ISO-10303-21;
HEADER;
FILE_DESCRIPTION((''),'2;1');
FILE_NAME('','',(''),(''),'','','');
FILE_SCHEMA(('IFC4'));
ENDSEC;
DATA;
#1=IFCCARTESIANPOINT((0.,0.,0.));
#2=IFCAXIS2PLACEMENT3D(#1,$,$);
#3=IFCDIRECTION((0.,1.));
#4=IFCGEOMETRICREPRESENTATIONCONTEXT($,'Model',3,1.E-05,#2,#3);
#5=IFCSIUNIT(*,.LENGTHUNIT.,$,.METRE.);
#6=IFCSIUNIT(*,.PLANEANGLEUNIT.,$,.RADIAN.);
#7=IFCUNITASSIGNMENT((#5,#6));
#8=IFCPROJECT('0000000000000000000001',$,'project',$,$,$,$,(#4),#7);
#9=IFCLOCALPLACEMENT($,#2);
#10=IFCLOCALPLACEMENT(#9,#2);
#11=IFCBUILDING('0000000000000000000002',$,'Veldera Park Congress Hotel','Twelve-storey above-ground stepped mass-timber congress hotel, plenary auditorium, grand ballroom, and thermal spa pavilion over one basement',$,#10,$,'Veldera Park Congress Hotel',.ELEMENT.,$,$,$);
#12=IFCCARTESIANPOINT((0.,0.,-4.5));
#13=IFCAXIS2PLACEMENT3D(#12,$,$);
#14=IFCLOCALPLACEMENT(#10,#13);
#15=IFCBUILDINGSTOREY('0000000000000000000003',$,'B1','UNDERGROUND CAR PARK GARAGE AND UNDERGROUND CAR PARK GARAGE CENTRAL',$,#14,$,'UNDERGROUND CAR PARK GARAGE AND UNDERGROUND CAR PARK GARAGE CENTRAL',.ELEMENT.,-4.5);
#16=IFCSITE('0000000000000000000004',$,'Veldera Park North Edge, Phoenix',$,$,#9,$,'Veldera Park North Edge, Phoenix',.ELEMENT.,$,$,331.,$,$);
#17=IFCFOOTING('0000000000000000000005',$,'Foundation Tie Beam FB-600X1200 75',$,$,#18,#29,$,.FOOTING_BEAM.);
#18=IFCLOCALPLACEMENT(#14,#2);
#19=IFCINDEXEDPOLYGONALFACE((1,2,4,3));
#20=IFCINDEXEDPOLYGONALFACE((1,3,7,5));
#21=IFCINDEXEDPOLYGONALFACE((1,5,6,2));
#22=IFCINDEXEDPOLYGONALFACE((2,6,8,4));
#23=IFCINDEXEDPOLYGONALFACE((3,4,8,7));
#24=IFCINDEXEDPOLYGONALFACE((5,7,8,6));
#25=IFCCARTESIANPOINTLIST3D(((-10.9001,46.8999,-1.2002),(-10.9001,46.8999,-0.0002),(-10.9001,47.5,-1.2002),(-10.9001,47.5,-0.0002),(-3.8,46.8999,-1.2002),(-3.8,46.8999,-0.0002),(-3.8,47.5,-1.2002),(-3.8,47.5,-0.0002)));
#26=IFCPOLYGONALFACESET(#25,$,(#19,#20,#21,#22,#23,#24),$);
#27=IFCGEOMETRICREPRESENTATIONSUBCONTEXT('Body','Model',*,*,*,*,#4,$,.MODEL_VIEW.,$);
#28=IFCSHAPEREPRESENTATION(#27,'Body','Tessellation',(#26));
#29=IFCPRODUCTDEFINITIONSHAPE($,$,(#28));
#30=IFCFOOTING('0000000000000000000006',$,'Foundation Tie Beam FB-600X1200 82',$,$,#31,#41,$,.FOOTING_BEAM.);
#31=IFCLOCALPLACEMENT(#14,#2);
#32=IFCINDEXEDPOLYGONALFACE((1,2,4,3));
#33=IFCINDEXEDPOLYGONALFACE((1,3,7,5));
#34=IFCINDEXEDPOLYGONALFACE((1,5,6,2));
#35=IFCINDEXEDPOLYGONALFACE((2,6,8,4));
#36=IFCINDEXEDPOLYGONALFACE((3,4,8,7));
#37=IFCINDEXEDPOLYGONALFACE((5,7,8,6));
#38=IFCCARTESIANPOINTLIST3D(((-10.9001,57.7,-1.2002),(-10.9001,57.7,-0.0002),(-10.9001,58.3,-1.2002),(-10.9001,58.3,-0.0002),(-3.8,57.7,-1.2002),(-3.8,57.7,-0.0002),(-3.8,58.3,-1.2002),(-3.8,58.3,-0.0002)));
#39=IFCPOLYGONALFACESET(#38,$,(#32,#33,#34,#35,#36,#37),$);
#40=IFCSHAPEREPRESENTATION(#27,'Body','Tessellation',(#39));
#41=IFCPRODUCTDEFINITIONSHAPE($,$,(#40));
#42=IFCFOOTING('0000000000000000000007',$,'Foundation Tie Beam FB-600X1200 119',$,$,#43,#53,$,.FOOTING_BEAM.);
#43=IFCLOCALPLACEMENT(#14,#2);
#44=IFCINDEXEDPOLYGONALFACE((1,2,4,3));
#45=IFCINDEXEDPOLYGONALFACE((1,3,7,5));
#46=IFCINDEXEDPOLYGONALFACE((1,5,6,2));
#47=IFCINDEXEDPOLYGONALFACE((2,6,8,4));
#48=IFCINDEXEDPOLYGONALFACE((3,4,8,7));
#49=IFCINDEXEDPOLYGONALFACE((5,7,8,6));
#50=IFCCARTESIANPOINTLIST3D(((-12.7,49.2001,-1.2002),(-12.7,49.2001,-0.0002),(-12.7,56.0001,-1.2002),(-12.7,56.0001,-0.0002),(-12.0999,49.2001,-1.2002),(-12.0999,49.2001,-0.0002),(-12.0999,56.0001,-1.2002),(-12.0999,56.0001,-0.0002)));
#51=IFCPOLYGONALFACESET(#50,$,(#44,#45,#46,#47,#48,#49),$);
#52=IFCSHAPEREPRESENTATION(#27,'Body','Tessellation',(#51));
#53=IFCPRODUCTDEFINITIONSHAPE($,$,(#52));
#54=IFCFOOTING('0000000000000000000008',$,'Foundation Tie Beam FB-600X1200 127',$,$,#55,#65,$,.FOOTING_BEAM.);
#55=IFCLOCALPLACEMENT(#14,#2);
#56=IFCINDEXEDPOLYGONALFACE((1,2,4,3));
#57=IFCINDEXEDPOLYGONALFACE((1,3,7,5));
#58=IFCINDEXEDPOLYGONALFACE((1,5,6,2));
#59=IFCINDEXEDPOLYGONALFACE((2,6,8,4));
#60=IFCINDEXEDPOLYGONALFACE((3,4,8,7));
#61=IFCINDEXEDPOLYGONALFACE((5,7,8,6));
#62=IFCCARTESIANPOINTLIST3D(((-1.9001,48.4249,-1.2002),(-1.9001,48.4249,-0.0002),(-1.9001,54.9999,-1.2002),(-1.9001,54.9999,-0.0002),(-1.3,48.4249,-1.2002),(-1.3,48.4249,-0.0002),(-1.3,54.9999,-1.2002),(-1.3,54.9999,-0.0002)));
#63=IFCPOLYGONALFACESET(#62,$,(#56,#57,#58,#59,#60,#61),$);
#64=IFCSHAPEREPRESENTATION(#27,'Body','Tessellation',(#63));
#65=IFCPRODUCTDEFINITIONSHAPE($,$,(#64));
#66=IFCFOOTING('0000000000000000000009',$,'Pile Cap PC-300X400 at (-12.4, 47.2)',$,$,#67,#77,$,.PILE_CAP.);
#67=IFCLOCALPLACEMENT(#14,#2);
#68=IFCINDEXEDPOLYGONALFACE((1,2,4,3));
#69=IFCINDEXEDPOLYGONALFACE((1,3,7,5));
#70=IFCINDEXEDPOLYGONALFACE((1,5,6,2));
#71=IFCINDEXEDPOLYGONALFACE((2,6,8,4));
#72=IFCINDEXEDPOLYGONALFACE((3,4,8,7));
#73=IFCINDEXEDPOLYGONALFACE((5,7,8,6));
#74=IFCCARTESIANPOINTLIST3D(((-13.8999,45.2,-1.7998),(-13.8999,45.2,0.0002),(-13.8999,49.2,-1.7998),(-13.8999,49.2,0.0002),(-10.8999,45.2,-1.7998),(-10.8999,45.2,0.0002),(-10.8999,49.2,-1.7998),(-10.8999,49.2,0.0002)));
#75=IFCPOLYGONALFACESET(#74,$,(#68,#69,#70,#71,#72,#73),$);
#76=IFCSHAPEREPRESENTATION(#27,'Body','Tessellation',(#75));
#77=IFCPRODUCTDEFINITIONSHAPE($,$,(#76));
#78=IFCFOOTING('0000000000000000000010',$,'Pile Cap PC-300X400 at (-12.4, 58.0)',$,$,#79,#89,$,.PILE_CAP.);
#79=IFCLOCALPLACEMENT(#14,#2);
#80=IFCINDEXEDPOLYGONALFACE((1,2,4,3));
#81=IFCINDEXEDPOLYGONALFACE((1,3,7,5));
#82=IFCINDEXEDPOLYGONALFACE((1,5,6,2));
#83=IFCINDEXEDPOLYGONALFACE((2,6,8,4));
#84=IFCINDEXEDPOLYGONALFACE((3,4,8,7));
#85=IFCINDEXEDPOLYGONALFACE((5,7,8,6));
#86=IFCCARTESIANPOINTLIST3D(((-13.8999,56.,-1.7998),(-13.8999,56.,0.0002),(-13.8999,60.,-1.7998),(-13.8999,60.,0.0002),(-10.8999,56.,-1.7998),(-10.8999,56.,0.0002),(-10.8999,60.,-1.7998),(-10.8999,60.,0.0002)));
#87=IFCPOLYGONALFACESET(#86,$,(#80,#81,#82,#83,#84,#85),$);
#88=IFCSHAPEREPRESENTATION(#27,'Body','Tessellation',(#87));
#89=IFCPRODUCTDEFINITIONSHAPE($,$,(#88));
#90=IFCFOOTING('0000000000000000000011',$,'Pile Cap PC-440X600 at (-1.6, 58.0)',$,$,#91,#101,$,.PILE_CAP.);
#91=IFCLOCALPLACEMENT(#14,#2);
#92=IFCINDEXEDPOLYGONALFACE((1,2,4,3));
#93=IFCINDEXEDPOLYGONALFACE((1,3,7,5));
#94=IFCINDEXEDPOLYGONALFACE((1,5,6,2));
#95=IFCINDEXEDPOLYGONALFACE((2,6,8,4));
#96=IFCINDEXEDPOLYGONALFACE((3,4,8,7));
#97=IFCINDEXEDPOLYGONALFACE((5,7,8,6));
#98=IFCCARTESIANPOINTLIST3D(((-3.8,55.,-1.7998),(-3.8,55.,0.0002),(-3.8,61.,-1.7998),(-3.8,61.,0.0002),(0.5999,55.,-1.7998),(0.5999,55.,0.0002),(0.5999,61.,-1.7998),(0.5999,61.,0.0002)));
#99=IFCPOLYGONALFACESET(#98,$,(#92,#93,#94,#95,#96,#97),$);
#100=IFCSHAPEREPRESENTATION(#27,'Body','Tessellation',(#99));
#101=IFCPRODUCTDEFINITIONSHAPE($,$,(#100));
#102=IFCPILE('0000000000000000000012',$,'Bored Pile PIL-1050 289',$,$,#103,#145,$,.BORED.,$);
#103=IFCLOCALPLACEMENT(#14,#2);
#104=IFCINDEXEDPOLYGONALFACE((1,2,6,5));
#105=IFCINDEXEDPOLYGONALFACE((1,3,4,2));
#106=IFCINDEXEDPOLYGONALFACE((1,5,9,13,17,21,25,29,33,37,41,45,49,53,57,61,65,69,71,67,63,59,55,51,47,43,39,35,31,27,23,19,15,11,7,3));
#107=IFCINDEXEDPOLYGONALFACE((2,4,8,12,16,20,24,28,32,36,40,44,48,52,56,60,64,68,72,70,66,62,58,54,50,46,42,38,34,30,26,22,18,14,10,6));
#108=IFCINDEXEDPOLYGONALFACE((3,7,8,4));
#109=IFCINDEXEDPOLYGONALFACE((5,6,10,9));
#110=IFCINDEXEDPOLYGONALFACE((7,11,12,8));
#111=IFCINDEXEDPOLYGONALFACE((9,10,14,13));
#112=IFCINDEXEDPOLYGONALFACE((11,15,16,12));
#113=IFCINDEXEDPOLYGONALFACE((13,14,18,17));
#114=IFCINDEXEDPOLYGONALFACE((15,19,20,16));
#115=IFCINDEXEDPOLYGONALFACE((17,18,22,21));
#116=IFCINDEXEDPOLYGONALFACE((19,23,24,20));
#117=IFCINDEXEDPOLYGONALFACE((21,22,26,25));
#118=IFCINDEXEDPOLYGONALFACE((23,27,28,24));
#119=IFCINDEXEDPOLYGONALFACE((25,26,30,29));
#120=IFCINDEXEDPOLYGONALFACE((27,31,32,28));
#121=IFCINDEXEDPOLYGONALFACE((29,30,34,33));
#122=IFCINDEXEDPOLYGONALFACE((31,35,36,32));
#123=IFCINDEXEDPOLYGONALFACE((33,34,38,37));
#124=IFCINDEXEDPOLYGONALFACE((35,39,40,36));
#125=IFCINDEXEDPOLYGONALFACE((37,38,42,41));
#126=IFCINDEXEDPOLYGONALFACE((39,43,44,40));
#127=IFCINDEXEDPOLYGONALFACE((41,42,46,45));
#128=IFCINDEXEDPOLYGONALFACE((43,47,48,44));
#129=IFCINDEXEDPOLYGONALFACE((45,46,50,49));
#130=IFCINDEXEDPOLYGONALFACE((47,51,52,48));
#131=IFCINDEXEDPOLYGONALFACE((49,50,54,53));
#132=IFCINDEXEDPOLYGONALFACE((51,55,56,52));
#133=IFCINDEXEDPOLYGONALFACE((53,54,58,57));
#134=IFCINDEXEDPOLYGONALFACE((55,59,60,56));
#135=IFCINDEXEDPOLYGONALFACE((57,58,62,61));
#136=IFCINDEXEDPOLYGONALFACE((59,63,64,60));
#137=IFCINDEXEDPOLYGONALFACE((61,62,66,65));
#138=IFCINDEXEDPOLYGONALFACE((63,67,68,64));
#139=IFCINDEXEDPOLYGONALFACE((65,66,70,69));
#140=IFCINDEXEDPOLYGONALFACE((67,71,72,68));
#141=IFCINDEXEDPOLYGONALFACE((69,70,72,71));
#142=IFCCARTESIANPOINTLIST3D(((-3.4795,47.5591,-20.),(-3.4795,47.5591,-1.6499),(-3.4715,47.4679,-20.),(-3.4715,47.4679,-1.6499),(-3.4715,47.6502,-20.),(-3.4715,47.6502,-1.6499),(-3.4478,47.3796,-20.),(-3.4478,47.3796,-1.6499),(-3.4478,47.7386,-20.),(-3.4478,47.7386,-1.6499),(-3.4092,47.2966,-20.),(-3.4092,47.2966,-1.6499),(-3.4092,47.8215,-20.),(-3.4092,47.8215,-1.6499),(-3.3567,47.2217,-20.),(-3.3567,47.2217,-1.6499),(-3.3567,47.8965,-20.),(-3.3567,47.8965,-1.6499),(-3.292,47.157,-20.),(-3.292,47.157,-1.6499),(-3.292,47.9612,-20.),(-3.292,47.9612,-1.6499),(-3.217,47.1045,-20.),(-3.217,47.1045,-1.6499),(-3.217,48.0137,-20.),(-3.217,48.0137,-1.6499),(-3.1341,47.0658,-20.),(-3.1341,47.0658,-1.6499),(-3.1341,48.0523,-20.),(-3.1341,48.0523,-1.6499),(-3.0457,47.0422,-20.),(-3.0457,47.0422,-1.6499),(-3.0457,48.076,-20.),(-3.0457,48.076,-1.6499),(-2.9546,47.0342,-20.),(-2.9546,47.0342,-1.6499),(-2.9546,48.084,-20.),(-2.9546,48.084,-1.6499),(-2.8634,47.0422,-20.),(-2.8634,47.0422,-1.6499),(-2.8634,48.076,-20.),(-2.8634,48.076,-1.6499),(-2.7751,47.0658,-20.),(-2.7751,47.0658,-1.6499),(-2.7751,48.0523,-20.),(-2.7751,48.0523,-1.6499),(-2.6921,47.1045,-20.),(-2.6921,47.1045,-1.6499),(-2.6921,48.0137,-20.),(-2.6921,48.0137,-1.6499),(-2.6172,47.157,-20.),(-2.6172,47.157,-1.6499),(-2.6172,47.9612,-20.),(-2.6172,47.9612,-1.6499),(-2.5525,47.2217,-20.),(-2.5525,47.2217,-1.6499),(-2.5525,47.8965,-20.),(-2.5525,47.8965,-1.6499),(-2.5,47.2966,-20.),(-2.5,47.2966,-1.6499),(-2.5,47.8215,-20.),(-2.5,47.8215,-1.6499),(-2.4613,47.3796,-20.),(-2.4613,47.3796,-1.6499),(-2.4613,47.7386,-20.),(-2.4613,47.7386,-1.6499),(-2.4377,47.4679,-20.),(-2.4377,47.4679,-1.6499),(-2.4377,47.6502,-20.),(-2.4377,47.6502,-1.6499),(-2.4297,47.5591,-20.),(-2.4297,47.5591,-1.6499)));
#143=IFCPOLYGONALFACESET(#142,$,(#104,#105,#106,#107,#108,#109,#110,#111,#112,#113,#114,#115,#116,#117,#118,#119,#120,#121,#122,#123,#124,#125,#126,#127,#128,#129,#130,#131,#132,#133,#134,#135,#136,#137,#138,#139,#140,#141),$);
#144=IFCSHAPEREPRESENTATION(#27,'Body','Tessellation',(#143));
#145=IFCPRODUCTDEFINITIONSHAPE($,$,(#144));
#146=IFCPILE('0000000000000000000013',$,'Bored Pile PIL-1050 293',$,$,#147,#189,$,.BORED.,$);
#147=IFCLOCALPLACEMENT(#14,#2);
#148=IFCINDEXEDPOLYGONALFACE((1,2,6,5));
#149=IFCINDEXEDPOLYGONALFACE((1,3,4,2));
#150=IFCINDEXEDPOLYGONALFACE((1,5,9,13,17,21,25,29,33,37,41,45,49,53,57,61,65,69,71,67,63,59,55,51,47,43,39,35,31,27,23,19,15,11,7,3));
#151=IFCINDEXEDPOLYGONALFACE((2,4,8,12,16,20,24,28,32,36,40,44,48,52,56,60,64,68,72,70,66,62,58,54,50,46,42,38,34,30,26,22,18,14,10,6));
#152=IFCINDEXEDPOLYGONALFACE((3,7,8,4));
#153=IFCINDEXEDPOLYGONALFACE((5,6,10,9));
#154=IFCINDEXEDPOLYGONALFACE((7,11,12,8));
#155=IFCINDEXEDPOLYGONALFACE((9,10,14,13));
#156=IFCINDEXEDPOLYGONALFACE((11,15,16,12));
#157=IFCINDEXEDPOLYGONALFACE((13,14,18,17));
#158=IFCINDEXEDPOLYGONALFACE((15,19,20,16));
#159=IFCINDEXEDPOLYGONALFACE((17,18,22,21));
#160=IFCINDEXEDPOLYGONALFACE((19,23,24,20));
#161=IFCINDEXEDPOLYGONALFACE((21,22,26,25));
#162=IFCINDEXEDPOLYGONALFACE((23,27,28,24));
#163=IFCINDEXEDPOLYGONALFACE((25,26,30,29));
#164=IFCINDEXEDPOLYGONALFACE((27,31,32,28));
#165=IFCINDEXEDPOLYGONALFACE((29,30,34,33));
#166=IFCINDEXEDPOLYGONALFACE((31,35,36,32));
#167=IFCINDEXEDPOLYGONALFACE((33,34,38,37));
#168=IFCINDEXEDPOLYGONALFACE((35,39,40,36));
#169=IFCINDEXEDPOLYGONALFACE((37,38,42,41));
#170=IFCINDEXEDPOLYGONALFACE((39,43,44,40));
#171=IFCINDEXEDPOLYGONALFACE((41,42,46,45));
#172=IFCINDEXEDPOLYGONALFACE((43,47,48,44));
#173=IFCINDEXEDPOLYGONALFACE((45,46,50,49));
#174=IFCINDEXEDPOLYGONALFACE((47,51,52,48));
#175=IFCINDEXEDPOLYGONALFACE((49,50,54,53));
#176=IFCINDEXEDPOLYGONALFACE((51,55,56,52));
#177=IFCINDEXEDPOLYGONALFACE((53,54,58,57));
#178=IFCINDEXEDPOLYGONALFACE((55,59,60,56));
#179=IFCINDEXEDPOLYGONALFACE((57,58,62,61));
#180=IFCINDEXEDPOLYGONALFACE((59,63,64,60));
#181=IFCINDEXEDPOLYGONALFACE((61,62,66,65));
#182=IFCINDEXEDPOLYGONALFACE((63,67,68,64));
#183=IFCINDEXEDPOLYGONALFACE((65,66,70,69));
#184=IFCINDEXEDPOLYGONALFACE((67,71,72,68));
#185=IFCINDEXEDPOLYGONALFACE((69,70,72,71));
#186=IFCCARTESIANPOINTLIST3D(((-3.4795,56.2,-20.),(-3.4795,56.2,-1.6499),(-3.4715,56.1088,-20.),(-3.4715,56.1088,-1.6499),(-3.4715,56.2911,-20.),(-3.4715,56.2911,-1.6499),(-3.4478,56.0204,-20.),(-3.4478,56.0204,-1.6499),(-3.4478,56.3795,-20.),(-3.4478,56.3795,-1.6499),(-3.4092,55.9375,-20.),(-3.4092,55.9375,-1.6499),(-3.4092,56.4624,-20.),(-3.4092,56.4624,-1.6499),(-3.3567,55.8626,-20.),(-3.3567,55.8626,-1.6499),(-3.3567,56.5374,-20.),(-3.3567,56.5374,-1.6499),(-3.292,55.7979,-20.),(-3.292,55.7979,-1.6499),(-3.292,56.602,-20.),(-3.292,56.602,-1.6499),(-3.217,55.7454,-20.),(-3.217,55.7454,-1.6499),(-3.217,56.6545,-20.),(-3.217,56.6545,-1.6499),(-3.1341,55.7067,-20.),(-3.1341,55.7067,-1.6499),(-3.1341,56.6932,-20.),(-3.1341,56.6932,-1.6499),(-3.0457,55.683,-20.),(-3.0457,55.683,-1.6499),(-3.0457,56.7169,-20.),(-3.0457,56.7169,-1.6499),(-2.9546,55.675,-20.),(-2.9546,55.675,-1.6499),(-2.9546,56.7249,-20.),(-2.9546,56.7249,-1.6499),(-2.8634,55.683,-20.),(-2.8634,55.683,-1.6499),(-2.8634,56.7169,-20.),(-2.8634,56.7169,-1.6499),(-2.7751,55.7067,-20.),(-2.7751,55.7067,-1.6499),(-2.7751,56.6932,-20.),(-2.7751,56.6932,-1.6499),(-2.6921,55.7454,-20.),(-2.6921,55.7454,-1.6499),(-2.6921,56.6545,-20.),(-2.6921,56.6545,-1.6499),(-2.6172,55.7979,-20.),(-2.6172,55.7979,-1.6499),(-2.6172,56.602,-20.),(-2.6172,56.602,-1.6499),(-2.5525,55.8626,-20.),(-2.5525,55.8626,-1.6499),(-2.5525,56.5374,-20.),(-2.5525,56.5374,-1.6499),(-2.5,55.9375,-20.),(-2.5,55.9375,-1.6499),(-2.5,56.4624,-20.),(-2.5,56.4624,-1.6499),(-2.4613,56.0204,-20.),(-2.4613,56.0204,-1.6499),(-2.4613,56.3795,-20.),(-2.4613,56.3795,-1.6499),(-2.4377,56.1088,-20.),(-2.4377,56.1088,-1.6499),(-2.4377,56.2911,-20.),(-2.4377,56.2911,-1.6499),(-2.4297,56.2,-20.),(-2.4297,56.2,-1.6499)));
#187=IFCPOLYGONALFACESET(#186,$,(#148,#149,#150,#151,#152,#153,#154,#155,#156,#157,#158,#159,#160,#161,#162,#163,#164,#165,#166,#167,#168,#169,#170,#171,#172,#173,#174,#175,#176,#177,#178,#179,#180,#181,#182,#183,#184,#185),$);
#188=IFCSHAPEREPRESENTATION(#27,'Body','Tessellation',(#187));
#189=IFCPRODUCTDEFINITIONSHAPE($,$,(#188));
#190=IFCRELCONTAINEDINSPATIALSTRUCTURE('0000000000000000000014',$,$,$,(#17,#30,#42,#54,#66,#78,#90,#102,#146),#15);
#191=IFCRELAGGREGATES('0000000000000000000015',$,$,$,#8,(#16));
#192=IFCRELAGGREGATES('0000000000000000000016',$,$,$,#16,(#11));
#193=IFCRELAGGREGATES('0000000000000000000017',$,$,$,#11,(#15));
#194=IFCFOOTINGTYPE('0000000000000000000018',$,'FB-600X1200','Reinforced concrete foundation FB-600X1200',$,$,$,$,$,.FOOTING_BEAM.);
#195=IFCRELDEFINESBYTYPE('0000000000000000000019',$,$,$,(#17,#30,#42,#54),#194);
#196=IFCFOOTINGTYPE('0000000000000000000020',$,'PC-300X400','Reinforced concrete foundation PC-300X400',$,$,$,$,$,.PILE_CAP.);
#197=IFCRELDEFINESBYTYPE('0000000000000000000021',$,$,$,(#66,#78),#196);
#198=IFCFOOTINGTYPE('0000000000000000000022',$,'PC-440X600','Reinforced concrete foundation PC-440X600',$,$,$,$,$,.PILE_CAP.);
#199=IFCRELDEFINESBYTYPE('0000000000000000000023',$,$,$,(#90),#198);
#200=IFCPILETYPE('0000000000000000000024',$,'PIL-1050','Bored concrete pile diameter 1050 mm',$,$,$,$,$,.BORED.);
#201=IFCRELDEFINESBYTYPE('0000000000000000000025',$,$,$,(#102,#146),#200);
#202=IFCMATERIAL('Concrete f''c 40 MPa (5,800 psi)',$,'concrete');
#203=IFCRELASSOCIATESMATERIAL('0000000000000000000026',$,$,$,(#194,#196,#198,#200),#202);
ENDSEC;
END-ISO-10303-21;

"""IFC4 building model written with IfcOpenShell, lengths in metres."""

from ifc_helpers import new_model, si_unit, direction, frame, origin, origin_2d, place, context, subcontext, project, spatial, rectangle, circle, extrude, material, material_profile, profile_set, type_object, element, save


model = new_model("IFC4")

# Units and contexts
model_context = context("Model", 3, precision=1e-05, world=origin(), true_north=direction((0.0, 1.0)))
body_context = subcontext(model_context, "Body", "Model", "MODEL_VIEW")
ifc_project = project(units=[si_unit("LENGTHUNIT", "METRE"), si_unit("PLANEANGLEUNIT", "RADIAN")], contexts=[model_context])

# Site, building, storey
site_placement = place(None, origin())
site = spatial("IfcSite", under=ifc_project, at=site_placement, Name="Veldera Park North Edge, Phoenix", LongName="Veldera Park North Edge, Phoenix", CompositionType="ELEMENT", RefElevation=331.0)
building_placement = place(site_placement, origin())
building = spatial("IfcBuilding", under=site, at=building_placement, Name="Veldera Park Congress Hotel", Description="Twelve-storey above-ground stepped mass-timber congress hotel, plenary auditorium, grand ballroom, and thermal spa pavilion over one basement", LongName="Veldera Park Congress Hotel", CompositionType="ELEMENT")
storey_placement = place(building_placement, frame((0.0, 0.0, -4.5)))
storey = spatial("IfcBuildingStorey", under=building, at=storey_placement, Name="B1", Description="UNDERGROUND CAR PARK GARAGE AND UNDERGROUND CAR PARK GARAGE CENTRAL", LongName="UNDERGROUND CAR PARK GARAGE AND UNDERGROUND CAR PARK GARAGE CENTRAL", CompositionType="ELEMENT", Elevation=-4.5)

# Footings
ifc_material_1 = material(Name="Concrete f'c 40 MPa (5,800 psi)", Category="concrete")
footing_type_1 = type_object("IfcFootingType", Name="FB-600X1200", Description="Reinforced concrete foundation FB-600X1200", PredefinedType="FOOTING_BEAM", material=ifc_material_1)
for number, where, z_axis, x_axis, name in (
    (1, (-7.3501, 47.2, -1.2002), (0.0, 0.0, 1.0), (1.0, 0.0, 0.0), "Foundation Tie Beam FB-600X1200 75"),
    (2, (-7.3501, 58.0, -1.2002), (0.0, 0.0, 1.0), (1.0, 0.0, 0.0), "Foundation Tie Beam FB-600X1200 82"),
):
    element("IfcFooting", number, at=place(storey_placement, frame(where, z_axis=z_axis, x_axis=x_axis)), inside=storey, type_object=footing_type_1, Name=name, PredefinedType="FOOTING_BEAM", context=body_context, shape_type="SweptSolid", body=[
        extrude(rectangle(XDim=7.1001, YDim=0.6001, at=origin_2d()), origin(), (0.0, 0.0, 1.0), 1.2),
    ])
footing_1_placement = place(storey_placement, frame((-12.3999, 52.6001, -1.2002), z_axis=(0.0, 0.0, 1.0), x_axis=(0.0, 1.0, 0.0)))
element("IfcFooting", 3, at=footing_1_placement, inside=storey, type_object=footing_type_1, Name="Foundation Tie Beam FB-600X1200 119", PredefinedType="FOOTING_BEAM", context=body_context, shape_type="SweptSolid", body=[
    extrude(rectangle(XDim=6.8, YDim=0.6001, at=origin_2d()), origin(), (0.0, 0.0, 1.0), 1.2),
])
footing_2_placement = place(storey_placement, frame((-1.6001, 51.7124, -1.2002), z_axis=(0.0, 0.0, 1.0), x_axis=(0.0, 1.0, 0.0)))
element("IfcFooting", 4, at=footing_2_placement, inside=storey, type_object=footing_type_1, Name="Foundation Tie Beam FB-600X1200 127", PredefinedType="FOOTING_BEAM", context=body_context, shape_type="SweptSolid", body=[
    extrude(rectangle(XDim=6.575, YDim=0.6001, at=origin_2d()), origin(), (0.0, 0.0, 1.0), 1.2),
])
footing_type_2 = type_object("IfcFootingType", Name="PC-300X400", Description="Reinforced concrete foundation PC-300X400", PredefinedType="PILE_CAP", material=ifc_material_1)
for number, where, z_axis, x_axis, name in (
    (5, (-12.3999, 47.2, -1.7998), (0.0, 0.0, 1.0), (1.0, 0.0, 0.0), "Pile Cap PC-300X400 at (-12.4, 47.2)"),
    (6, (-12.3999, 58.0, -1.7998), (0.0, 0.0, 1.0), (1.0, 0.0, 0.0), "Pile Cap PC-300X400 at (-12.4, 58.0)"),
):
    element("IfcFooting", number, at=place(storey_placement, frame(where, z_axis=z_axis, x_axis=x_axis)), inside=storey, type_object=footing_type_2, Name=name, PredefinedType="PILE_CAP", context=body_context, shape_type="SweptSolid", body=[
        extrude(rectangle(XDim=3.0, YDim=4.0, at=origin_2d()), origin(), (0.0, 0.0, 1.0), 1.8),
    ])
footing_type_3 = type_object("IfcFootingType", Name="PC-440X600", Description="Reinforced concrete foundation PC-440X600", PredefinedType="PILE_CAP", material=ifc_material_1)
footing_3_placement = place(storey_placement, frame((-1.6001, 58.0, -1.7998), z_axis=(0.0, 0.0, 1.0), x_axis=(1.0, 0.0, 0.0)))
element("IfcFooting", 7, at=footing_3_placement, inside=storey, type_object=footing_type_3, Name="Pile Cap PC-440X600 at (-1.6, 58.0)", PredefinedType="PILE_CAP", context=body_context, shape_type="SweptSolid", body=[
    extrude(rectangle(XDim=4.3999, YDim=6.0, at=origin_2d()), origin(), (0.0, 0.0, 1.0), 1.8),
])

# Piles
ifc_material_profile_1 = material_profile(ifc_material_1, circle(Radius=0.5249, at=origin_2d()), Name="PILE D1050")
ifc_profile_set_1 = profile_set([ifc_material_profile_1], Name="Concrete f'c 40 MPa (5,800 psi)")
pile_type_1 = type_object("IfcPileType", Name="PIL-1050", Description="Bored concrete pile diameter 1050 mm", PredefinedType="BORED", material=ifc_profile_set_1)
for number, where, z_axis, x_axis, name in (
    (8, (-2.9546, 47.5591, -1.6499), (0.0, 0.0, -1.0), (1.0, 0.0, 0.0), "Bored Pile PIL-1050 289"),
    (9, (-2.9546, 56.2, -1.6499), (0.0, 0.0, -1.0), (1.0, 0.0, 0.0), "Bored Pile PIL-1050 293"),
):
    element("IfcPile", number, at=place(storey_placement, frame(where, z_axis=z_axis, x_axis=x_axis)), inside=storey, type_object=pile_type_1, Name=name, PredefinedType="BORED", context=body_context, shape_type="SweptSolid", body=[
        extrude(circle(Radius=0.5249, at=origin_2d()), origin(), (0.0, 0.0, 1.0), 18.3501),
    ])

save(model, "model.ifc")
